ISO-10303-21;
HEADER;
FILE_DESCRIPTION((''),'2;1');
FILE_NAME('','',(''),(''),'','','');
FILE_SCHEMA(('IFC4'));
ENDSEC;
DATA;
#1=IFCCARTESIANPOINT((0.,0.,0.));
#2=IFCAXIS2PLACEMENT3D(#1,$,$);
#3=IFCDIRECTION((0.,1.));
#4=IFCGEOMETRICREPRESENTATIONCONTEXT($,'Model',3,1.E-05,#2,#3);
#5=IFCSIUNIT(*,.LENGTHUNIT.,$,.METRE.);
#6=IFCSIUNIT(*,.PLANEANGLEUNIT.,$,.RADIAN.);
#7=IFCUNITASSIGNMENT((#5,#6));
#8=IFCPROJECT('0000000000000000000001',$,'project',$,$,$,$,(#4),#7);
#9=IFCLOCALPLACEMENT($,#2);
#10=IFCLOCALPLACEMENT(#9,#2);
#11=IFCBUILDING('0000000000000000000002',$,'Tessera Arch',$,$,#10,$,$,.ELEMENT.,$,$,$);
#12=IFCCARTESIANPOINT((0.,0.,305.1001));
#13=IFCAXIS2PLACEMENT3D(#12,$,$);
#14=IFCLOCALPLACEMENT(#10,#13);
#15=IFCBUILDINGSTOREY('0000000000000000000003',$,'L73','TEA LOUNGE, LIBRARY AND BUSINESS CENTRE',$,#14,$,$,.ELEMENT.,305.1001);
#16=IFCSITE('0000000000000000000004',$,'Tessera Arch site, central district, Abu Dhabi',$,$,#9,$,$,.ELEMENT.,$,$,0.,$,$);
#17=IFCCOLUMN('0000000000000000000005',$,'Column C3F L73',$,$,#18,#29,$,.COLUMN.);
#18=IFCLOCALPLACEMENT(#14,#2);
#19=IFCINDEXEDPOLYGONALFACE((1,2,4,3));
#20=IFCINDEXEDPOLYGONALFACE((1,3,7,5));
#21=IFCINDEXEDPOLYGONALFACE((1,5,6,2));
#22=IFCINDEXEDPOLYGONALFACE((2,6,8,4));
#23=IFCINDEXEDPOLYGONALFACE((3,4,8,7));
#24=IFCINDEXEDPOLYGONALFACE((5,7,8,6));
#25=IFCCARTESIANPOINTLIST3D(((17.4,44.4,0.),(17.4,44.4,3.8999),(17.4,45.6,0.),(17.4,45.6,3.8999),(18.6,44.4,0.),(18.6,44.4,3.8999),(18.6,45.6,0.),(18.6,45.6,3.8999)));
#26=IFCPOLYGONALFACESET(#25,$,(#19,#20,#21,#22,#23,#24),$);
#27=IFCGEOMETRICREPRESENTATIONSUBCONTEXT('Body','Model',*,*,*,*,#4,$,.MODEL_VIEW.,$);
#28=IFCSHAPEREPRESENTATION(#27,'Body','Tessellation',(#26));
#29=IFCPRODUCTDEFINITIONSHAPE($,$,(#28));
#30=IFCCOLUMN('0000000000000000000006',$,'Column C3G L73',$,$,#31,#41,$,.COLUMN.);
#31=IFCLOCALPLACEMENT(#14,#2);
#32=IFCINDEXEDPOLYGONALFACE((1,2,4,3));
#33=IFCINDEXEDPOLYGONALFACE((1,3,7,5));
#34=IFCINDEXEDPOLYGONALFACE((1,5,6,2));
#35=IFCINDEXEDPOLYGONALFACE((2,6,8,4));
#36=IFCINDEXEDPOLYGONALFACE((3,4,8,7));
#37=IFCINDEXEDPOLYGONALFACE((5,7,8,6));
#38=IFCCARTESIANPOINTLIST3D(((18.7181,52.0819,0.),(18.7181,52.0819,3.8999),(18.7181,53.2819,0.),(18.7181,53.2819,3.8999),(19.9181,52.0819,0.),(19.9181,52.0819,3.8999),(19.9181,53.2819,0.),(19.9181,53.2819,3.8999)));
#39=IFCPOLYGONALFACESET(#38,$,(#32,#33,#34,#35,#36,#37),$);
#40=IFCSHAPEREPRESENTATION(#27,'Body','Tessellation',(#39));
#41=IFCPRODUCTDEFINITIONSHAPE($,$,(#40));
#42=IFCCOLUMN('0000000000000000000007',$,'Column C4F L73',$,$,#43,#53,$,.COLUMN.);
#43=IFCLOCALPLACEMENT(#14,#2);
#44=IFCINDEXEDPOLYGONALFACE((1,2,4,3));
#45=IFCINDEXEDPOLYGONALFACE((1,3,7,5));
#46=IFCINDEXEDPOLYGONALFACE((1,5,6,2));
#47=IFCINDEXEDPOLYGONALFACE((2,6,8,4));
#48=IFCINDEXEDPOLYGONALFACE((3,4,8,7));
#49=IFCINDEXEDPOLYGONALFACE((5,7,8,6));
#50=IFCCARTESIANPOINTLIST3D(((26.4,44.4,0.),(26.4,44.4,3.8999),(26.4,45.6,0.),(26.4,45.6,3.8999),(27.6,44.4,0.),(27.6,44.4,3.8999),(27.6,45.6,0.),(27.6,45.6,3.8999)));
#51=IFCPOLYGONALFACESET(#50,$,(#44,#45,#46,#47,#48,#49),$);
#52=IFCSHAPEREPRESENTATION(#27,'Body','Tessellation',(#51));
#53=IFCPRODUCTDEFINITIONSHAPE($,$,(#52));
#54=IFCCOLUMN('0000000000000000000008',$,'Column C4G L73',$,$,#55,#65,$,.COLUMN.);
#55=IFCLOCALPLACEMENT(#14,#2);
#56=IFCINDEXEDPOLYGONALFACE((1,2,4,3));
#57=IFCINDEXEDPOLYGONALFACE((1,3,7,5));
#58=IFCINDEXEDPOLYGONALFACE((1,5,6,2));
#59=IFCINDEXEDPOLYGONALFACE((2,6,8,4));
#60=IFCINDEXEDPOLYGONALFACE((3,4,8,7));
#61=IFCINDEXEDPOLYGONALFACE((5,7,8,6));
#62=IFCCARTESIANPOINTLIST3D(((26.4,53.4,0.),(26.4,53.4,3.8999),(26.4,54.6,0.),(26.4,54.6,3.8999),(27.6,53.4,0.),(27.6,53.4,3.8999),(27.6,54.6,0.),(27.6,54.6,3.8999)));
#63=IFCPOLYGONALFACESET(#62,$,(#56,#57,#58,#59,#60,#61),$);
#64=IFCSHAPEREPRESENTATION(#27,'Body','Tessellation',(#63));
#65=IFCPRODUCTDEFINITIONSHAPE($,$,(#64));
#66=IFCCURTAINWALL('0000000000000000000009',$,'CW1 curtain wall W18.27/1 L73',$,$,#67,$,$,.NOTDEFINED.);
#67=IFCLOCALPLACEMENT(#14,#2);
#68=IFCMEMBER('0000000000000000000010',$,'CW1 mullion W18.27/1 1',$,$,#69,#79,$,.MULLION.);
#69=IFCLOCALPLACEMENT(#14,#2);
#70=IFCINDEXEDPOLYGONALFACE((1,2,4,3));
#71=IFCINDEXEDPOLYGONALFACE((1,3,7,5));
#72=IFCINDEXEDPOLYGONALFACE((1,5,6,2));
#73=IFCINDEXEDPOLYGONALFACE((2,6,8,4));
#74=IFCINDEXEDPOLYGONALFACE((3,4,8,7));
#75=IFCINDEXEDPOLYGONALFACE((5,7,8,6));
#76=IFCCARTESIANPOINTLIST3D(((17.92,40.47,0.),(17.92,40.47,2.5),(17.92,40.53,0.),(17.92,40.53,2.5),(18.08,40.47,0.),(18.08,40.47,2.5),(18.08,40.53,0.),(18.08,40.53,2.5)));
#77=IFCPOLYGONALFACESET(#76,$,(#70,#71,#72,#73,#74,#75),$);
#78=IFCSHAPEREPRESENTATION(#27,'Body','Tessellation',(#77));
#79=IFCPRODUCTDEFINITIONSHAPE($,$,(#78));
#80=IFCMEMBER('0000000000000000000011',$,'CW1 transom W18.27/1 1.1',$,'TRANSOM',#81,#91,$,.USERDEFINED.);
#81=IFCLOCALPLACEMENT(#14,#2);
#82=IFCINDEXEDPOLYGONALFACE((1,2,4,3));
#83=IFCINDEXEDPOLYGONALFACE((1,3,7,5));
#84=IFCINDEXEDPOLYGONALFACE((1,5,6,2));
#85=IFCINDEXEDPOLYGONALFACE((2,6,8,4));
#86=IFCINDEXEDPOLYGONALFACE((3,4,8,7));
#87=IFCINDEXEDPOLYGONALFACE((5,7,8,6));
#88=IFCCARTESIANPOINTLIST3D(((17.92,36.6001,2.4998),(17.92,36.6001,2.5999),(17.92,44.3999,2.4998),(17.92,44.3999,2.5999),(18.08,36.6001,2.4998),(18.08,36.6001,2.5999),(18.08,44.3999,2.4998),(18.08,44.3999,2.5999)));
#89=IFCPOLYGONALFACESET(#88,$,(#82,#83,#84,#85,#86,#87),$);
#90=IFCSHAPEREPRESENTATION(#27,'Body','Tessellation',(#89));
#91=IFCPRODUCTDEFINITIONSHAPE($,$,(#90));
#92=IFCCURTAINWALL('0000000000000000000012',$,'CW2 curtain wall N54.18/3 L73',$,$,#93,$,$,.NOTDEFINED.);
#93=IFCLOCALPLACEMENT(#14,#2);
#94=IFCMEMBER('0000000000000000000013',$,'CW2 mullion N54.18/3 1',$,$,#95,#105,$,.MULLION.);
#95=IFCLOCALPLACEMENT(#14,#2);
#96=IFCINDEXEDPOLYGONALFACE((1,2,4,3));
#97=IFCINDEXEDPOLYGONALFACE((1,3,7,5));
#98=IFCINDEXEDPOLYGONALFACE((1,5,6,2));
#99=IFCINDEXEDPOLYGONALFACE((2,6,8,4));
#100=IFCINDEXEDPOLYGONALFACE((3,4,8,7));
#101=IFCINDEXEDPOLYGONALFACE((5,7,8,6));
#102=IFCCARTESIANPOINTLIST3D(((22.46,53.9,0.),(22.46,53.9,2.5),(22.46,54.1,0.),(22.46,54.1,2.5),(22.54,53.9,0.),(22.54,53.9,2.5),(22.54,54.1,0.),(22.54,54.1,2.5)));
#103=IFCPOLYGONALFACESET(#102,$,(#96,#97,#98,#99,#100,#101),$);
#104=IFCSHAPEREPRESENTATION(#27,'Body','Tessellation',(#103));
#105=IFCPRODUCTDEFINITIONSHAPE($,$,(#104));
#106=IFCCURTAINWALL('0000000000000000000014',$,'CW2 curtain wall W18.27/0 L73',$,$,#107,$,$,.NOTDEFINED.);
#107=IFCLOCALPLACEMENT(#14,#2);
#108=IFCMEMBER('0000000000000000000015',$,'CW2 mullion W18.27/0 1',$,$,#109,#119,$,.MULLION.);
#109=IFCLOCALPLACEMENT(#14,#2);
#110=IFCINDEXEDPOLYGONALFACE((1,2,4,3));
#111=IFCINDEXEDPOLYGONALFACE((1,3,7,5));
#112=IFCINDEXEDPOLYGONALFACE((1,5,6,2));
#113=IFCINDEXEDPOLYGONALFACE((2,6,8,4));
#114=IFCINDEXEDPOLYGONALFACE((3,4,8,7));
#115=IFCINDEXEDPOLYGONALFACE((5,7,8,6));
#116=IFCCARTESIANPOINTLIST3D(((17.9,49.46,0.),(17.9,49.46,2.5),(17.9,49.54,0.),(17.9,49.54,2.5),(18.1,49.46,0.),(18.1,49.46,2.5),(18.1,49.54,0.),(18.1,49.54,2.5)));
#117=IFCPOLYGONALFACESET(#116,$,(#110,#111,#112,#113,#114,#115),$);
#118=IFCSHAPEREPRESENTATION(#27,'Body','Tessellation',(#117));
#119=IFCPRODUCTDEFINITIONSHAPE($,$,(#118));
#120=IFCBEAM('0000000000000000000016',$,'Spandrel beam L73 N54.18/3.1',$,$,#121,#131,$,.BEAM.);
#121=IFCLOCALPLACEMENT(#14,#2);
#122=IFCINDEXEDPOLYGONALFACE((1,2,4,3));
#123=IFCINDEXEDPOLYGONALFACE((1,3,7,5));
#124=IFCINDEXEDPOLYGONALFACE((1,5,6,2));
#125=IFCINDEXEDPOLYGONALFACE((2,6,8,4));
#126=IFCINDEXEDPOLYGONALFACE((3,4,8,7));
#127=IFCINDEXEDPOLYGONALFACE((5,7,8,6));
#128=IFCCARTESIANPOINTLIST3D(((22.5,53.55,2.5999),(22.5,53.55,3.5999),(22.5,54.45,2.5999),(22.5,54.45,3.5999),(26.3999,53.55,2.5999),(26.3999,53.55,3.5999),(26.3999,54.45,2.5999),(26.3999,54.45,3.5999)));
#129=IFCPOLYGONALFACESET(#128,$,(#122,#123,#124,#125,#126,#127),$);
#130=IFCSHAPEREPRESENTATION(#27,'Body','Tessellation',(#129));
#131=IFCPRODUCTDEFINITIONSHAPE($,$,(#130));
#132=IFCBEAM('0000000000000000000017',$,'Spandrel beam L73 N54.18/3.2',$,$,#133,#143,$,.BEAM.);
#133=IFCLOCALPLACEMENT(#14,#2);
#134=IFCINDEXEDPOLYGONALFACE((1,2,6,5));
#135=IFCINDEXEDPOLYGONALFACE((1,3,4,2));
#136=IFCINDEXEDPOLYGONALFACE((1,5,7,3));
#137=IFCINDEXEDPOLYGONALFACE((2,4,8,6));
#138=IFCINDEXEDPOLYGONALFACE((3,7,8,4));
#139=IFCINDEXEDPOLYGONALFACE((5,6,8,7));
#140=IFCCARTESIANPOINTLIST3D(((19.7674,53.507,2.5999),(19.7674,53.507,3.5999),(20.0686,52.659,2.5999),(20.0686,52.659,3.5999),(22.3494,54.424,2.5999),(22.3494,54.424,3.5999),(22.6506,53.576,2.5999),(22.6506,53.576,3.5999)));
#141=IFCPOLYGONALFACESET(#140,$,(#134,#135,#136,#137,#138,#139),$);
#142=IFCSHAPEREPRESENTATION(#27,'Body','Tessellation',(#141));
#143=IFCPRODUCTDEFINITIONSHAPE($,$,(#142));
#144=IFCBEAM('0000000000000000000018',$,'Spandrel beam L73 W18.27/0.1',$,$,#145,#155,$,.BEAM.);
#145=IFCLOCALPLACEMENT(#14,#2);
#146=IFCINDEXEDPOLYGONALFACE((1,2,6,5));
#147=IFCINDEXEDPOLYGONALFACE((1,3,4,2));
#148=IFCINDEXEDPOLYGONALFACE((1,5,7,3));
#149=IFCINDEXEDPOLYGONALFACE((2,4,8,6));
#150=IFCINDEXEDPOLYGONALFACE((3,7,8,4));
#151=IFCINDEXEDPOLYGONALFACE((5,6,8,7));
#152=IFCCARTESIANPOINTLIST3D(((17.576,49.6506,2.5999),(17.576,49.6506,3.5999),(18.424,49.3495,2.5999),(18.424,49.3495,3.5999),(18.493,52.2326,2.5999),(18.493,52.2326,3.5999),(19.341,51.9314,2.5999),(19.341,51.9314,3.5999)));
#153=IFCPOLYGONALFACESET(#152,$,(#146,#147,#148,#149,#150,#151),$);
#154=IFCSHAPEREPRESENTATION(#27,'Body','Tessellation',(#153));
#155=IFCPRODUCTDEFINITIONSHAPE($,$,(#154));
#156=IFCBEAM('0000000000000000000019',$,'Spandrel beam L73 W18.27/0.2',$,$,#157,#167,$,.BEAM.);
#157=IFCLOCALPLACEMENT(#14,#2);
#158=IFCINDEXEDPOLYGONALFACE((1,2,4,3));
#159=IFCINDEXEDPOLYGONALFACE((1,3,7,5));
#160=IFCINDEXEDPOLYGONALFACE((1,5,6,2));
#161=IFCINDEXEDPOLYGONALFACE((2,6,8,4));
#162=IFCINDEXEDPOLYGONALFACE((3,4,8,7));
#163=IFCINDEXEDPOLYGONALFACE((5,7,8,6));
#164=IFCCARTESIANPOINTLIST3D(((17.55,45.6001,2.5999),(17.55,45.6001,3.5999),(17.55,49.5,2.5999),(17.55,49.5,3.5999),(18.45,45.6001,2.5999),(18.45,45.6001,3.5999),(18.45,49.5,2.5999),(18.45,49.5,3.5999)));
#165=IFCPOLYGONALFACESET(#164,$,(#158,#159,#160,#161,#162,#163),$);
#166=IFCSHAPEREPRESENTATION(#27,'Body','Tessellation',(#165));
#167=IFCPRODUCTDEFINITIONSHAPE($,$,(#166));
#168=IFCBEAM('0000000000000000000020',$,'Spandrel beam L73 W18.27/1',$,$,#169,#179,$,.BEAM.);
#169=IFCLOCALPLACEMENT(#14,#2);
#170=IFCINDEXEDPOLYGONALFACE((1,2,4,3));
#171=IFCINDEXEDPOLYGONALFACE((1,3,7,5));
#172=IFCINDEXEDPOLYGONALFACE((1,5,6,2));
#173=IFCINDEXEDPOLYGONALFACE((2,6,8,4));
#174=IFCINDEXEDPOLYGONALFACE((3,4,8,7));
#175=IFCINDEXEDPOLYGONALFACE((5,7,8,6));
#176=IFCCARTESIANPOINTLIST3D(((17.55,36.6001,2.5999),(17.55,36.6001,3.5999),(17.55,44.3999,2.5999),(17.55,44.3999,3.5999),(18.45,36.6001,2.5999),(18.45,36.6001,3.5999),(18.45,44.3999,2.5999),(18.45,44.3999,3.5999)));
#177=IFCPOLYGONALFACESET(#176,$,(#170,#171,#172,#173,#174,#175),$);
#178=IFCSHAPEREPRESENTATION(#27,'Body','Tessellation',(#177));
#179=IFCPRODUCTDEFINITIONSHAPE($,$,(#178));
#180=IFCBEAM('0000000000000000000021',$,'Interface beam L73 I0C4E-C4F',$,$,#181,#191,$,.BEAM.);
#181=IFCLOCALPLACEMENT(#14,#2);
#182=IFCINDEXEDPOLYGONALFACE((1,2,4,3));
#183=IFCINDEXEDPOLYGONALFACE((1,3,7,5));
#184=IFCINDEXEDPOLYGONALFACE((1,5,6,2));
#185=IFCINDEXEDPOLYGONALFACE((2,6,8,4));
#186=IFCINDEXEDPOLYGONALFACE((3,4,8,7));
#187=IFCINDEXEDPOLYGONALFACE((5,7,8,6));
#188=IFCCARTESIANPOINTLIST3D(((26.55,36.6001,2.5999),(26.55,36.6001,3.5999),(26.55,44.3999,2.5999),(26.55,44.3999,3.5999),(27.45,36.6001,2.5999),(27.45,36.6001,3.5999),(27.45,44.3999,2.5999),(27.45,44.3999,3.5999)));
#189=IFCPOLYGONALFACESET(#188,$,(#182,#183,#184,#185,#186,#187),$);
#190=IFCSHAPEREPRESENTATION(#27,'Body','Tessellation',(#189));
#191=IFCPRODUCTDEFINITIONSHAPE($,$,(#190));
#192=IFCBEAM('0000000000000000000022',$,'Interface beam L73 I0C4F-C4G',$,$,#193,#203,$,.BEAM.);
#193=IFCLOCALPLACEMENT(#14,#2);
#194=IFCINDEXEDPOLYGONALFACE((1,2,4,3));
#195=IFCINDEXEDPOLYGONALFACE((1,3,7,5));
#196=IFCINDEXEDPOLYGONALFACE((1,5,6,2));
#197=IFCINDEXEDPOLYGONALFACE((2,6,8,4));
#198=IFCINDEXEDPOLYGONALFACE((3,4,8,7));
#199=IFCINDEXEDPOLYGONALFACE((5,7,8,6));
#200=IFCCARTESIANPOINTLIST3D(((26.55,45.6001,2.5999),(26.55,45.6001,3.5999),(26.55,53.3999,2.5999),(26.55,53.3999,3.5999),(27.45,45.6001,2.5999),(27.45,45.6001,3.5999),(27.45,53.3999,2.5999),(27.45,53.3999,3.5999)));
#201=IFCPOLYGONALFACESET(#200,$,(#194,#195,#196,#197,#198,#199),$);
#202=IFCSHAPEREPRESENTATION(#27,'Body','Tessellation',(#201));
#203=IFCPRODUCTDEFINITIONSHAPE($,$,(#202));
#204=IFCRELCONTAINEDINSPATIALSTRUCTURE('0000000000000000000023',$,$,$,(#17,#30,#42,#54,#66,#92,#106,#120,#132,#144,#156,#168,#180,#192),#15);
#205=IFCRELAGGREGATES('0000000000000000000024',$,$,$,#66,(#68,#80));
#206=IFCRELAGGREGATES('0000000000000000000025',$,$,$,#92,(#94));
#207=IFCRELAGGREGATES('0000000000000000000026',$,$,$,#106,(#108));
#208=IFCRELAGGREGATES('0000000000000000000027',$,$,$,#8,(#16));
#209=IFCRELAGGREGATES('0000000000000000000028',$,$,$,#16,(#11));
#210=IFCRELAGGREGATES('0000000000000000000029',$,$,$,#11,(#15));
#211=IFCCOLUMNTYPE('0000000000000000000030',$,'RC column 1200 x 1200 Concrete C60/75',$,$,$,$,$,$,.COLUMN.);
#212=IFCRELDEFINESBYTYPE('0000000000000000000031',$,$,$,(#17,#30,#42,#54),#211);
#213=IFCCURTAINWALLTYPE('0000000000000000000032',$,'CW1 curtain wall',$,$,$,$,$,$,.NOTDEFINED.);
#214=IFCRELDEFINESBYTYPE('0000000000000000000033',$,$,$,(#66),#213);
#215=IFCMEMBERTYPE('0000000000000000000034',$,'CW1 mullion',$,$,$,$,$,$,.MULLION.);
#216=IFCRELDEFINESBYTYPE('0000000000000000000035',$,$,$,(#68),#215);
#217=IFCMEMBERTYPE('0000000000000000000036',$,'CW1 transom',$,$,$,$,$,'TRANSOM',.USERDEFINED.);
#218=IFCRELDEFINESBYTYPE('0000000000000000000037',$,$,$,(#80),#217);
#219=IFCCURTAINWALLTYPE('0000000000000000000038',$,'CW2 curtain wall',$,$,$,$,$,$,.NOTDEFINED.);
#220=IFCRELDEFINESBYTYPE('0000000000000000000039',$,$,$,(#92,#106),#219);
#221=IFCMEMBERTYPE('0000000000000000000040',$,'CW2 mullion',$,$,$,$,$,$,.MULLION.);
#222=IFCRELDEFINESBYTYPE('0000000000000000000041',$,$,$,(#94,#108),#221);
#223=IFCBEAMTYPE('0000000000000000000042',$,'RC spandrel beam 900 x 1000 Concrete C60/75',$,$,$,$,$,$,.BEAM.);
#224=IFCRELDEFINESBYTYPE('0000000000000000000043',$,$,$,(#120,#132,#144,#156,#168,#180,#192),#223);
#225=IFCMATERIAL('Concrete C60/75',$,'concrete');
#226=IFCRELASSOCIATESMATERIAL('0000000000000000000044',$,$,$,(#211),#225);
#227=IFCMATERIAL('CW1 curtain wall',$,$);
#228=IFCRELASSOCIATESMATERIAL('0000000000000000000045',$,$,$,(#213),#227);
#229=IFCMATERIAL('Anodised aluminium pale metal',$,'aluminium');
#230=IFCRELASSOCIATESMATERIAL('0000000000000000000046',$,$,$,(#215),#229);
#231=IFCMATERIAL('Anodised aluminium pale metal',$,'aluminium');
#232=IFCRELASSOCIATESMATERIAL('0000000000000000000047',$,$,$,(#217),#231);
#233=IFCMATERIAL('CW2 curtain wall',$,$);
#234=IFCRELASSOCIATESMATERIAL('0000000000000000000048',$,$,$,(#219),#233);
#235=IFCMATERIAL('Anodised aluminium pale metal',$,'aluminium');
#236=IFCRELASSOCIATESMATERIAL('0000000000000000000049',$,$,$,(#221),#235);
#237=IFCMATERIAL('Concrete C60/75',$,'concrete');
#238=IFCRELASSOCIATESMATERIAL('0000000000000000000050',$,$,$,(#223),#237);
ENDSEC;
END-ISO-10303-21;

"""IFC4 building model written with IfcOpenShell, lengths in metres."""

from ifc_helpers import new_model, si_unit, direction, frame, origin, origin_2d, place, context, subcontext, project, spatial, rectangle, extrude, material, material_profile, profile_set, type_object, element, aggregate, save


model = new_model("IFC4")

# Units and contexts
model_context = context("Model", 3, precision=1e-05, world=origin(), true_north=direction((0.0, 1.0)))
body_context = subcontext(model_context, "Body", "Model", "MODEL_VIEW")
ifc_project = project(units=[si_unit("LENGTHUNIT", "METRE"), si_unit("PLANEANGLEUNIT", "RADIAN")], contexts=[model_context])

# Site, building, storey
site_placement = place(None, origin())
site = spatial("IfcSite", under=ifc_project, at=site_placement, Name="Tessera Arch site, central district, Abu Dhabi", CompositionType="ELEMENT", RefElevation=0.0)
building_placement = place(site_placement, origin())
building = spatial("IfcBuilding", under=site, at=building_placement, Name="Tessera Arch", CompositionType="ELEMENT")
storey_placement = place(building_placement, frame((0.0, 0.0, 305.1001)))
storey = spatial("IfcBuildingStorey", under=building, at=storey_placement, Name="L73", Description="TEA LOUNGE, LIBRARY AND BUSINESS CENTRE", CompositionType="ELEMENT", Elevation=305.1001)

# Columns
ifc_material_1 = material(Name="Concrete C60/75", Category="concrete")
ifc_material_profile_1 = material_profile(ifc_material_1, rectangle(XDim=1.2, YDim=1.2, at=origin_2d()), Name="RC column 1200 x 1200 Concrete C60/75")
ifc_profile_set_1 = profile_set([ifc_material_profile_1], Name="Concrete C60/75")
column_type = type_object("IfcColumnType", Name="RC column 1200 x 1200 Concrete C60/75", PredefinedType="COLUMN", material=ifc_profile_set_1)
for number, where, z_axis, x_axis, name in (
    (1, (18.0, 45.0, 0.0), (0.0, 0.0, 1.0), (1.0, 0.0, 0.0), "Column C3F L73"),
    (2, (19.3181, 52.6819, 0.0), (0.0, 0.0, 1.0), (1.0, 0.0, 0.0), "Column C3G L73"),
    (3, (27.0, 45.0, 0.0), (0.0, 0.0, 1.0), (1.0, 0.0, 0.0), "Column C4F L73"),
    (4, (27.0, 54.0, 0.0), (0.0, 0.0, 1.0), (1.0, 0.0, 0.0), "Column C4G L73"),
):
    element("IfcColumn", number, at=place(storey_placement, frame(where, z_axis=z_axis, x_axis=x_axis)), inside=storey, type_object=column_type, Name=name, PredefinedType="COLUMN", context=body_context, shape_type="SweptSolid", body=[
        extrude(rectangle(XDim=1.2, YDim=1.2, at=origin_2d()), origin(), (0.0, 0.0, 1.0), 3.8999),
    ])

# Curtain wall, members
ifc_material_2 = material(Name="CW1 curtain wall")
curtain_wall_type_1 = type_object("IfcCurtainWallType", Name="CW1 curtain wall", PredefinedType="NOTDEFINED", material=ifc_material_2)
curtain_wall_1_placement = place(storey_placement, origin())
curtain_wall_1 = element("IfcCurtainWall", 5, at=curtain_wall_1_placement, inside=storey, type_object=curtain_wall_type_1, Name="CW1 curtain wall W18.27/1 L73", PredefinedType="NOTDEFINED")
ifc_material_3 = material(Name="Anodised aluminium pale metal", Category="aluminium")
ifc_material_profile_2 = material_profile(ifc_material_3, rectangle(XDim=0.1599, YDim=0.0601, at=origin_2d()), Name="AL 60x160")
ifc_profile_set_2 = profile_set([ifc_material_profile_2], Name="Anodised aluminium pale metal")
member_type_1 = type_object("IfcMemberType", Name="CW1 mullion", PredefinedType="MULLION", material=ifc_profile_set_2)
member_1_placement = place(storey_placement, frame((18.0, 40.5, 0.0), z_axis=(0.0, 0.0, 1.0), x_axis=(1.0, 0.0, 0.0)))
member_1 = element("IfcMember", 6, at=member_1_placement, type_object=member_type_1, Name="CW1 mullion W18.27/1 1", PredefinedType="MULLION", context=body_context, shape_type="SweptSolid", body=[
    extrude(rectangle(XDim=0.1599, YDim=0.0601, at=origin_2d()), origin(), (0.0, 0.0, 1.0), 2.5),
])
ifc_material_4 = material(Name="Anodised aluminium pale metal", Category="aluminium")
ifc_material_profile_3 = material_profile(ifc_material_4, rectangle(XDim=0.1599, YDim=0.1001, at=origin_2d()), Name="AL 160x100")
ifc_profile_set_3 = profile_set([ifc_material_profile_3], Name="Anodised aluminium pale metal")
member_type_2 = type_object("IfcMemberType", Name="CW1 transom", ElementType="TRANSOM", PredefinedType="USERDEFINED", material=ifc_profile_set_3)
member_2_placement = place(storey_placement, frame((18.0, 44.3999, 2.5498), z_axis=(0.0, -1.0, 0.0), x_axis=(1.0, 0.0, 0.0)))
member_2 = element("IfcMember", 7, at=member_2_placement, type_object=member_type_2, Name="CW1 transom W18.27/1 1.1", ObjectType="TRANSOM", PredefinedType="USERDEFINED", context=body_context, shape_type="SweptSolid", body=[
    extrude(rectangle(XDim=0.1599, YDim=0.1001, at=origin_2d()), origin(), (0.0, 0.0, 1.0), 7.7998),
])

# Curtain walls, members
ifc_material_5 = material(Name="CW2 curtain wall")
curtain_wall_type_2 = type_object("IfcCurtainWallType", Name="CW2 curtain wall", PredefinedType="NOTDEFINED", material=ifc_material_5)
curtain_wall_2_placement = place(storey_placement, origin())
curtain_wall_2 = element("IfcCurtainWall", 8, at=curtain_wall_2_placement, inside=storey, type_object=curtain_wall_type_2, Name="CW2 curtain wall N54.18/3 L73", PredefinedType="NOTDEFINED")
ifc_material_6 = material(Name="Anodised aluminium pale metal", Category="aluminium")
ifc_material_profile_4 = material_profile(ifc_material_6, rectangle(XDim=0.2, YDim=0.0801, at=origin_2d()), Name="AL 80x200")
ifc_profile_set_4 = profile_set([ifc_material_profile_4], Name="Anodised aluminium pale metal")
member_type_3 = type_object("IfcMemberType", Name="CW2 mullion", PredefinedType="MULLION", material=ifc_profile_set_4)
member_3_placement = place(storey_placement, frame((22.5, 54.0, 0.0), z_axis=(0.0, 0.0, 1.0), x_axis=(0.0, -1.0, 0.0)))
member_3 = element("IfcMember", 9, at=member_3_placement, type_object=member_type_3, Name="CW2 mullion N54.18/3 1", PredefinedType="MULLION", context=body_context, shape_type="SweptSolid", body=[
    extrude(rectangle(XDim=0.2, YDim=0.0801, at=origin_2d()), origin(), (0.0, 0.0, 1.0), 2.5),
])
curtain_wall_3_placement = place(storey_placement, origin())
curtain_wall_3 = element("IfcCurtainWall", 10, at=curtain_wall_3_placement, inside=storey, type_object=curtain_wall_type_2, Name="CW2 curtain wall W18.27/0 L73", PredefinedType="NOTDEFINED")
member_4_placement = place(storey_placement, frame((18.0, 49.5, 0.0), z_axis=(0.0, 0.0, 1.0), x_axis=(1.0, 0.0, 0.0)))
member_4 = element("IfcMember", 11, at=member_4_placement, type_object=member_type_3, Name="CW2 mullion W18.27/0 1", PredefinedType="MULLION", context=body_context, shape_type="SweptSolid", body=[
    extrude(rectangle(XDim=0.2, YDim=0.0801, at=origin_2d()), origin(), (0.0, 0.0, 1.0), 2.5),
])

# Beams
ifc_material_7 = material(Name="Concrete C60/75", Category="concrete")
ifc_material_profile_5 = material_profile(ifc_material_7, rectangle(XDim=0.8999, YDim=1.0, at=origin_2d()), Name="RC spandrel beam 900 x 1000 Concrete C60/75")
ifc_profile_set_5 = profile_set([ifc_material_profile_5], Name="Concrete C60/75")
beam_type = type_object("IfcBeamType", Name="RC spandrel beam 900 x 1000 Concrete C60/75", PredefinedType="BEAM", material=ifc_profile_set_5)
beam_1_placement = place(storey_placement, frame((26.3999, 54.0, 3.0999), z_axis=(-1.0, 0.0, 0.0), x_axis=(0.0, -1.0, 0.0)))
element("IfcBeam", 12, at=beam_1_placement, inside=storey, type_object=beam_type, Name="Spandrel beam L73 N54.18/3.1", PredefinedType="BEAM", context=body_context, shape_type="SweptSolid", body=[
    extrude(rectangle(XDim=0.8999, YDim=1.0, at=origin_2d()), origin(), (0.0, 0.0, 1.0), 3.8999),
])
for number, where, z_axis, x_axis, name in (
    (13, (22.5, 54.0, 3.0999), (-0.942337, -0.334665, 0.0), (0.334665, -0.942337, 0.0), "Spandrel beam L73 N54.18/3.2"),
    (14, (18.917, 52.082, 3.0999), (-0.334665, -0.942337, 0.0), (0.942337, -0.334665, 0.0), "Spandrel beam L73 W18.27/0.1"),
):
    element("IfcBeam", number, at=place(storey_placement, frame(where, z_axis=z_axis, x_axis=x_axis)), inside=storey, type_object=beam_type, Name=name, PredefinedType="BEAM", context=body_context, shape_type="SweptSolid", body=[
        extrude(rectangle(XDim=0.8999, YDim=1.0, at=origin_2d()), origin(), (0.0, 0.0, 1.0), 2.74),
    ])
beam_2_placement = place(storey_placement, frame((18.0, 49.5, 3.0999), z_axis=(0.0, -1.0, 0.0), x_axis=(1.0, 0.0, 0.0)))
element("IfcBeam", 15, at=beam_2_placement, inside=storey, type_object=beam_type, Name="Spandrel beam L73 W18.27/0.2", PredefinedType="BEAM", context=body_context, shape_type="SweptSolid", body=[
    extrude(rectangle(XDim=0.8999, YDim=1.0, at=origin_2d()), origin(), (0.0, 0.0, 1.0), 3.8999),
])
for number, where, z_axis, x_axis, name in (
    (16, (18.0, 44.3999, 3.0999), (0.0, -1.0, 0.0), (1.0, 0.0, 0.0), "Spandrel beam L73 W18.27/1"),
    (17, (27.0, 36.6001, 3.0999), (0.0, 1.0, 0.0), (-1.0, 0.0, 0.0), "Interface beam L73 I0C4E-C4F"),
    (18, (27.0, 45.6001, 3.0999), (0.0, 1.0, 0.0), (-1.0, 0.0, 0.0), "Interface beam L73 I0C4F-C4G"),
):
    element("IfcBeam", number, at=place(storey_placement, frame(where, z_axis=z_axis, x_axis=x_axis)), inside=storey, type_object=beam_type, Name=name, PredefinedType="BEAM", context=body_context, shape_type="SweptSolid", body=[
        extrude(rectangle(XDim=0.8999, YDim=1.0, at=origin_2d()), origin(), (0.0, 0.0, 1.0), 7.7998),
    ])

aggregate(curtain_wall_1, [member_1, member_2])
aggregate(curtain_wall_2, [member_3])
aggregate(curtain_wall_3, [member_4])

save(model, "model.ifc")
